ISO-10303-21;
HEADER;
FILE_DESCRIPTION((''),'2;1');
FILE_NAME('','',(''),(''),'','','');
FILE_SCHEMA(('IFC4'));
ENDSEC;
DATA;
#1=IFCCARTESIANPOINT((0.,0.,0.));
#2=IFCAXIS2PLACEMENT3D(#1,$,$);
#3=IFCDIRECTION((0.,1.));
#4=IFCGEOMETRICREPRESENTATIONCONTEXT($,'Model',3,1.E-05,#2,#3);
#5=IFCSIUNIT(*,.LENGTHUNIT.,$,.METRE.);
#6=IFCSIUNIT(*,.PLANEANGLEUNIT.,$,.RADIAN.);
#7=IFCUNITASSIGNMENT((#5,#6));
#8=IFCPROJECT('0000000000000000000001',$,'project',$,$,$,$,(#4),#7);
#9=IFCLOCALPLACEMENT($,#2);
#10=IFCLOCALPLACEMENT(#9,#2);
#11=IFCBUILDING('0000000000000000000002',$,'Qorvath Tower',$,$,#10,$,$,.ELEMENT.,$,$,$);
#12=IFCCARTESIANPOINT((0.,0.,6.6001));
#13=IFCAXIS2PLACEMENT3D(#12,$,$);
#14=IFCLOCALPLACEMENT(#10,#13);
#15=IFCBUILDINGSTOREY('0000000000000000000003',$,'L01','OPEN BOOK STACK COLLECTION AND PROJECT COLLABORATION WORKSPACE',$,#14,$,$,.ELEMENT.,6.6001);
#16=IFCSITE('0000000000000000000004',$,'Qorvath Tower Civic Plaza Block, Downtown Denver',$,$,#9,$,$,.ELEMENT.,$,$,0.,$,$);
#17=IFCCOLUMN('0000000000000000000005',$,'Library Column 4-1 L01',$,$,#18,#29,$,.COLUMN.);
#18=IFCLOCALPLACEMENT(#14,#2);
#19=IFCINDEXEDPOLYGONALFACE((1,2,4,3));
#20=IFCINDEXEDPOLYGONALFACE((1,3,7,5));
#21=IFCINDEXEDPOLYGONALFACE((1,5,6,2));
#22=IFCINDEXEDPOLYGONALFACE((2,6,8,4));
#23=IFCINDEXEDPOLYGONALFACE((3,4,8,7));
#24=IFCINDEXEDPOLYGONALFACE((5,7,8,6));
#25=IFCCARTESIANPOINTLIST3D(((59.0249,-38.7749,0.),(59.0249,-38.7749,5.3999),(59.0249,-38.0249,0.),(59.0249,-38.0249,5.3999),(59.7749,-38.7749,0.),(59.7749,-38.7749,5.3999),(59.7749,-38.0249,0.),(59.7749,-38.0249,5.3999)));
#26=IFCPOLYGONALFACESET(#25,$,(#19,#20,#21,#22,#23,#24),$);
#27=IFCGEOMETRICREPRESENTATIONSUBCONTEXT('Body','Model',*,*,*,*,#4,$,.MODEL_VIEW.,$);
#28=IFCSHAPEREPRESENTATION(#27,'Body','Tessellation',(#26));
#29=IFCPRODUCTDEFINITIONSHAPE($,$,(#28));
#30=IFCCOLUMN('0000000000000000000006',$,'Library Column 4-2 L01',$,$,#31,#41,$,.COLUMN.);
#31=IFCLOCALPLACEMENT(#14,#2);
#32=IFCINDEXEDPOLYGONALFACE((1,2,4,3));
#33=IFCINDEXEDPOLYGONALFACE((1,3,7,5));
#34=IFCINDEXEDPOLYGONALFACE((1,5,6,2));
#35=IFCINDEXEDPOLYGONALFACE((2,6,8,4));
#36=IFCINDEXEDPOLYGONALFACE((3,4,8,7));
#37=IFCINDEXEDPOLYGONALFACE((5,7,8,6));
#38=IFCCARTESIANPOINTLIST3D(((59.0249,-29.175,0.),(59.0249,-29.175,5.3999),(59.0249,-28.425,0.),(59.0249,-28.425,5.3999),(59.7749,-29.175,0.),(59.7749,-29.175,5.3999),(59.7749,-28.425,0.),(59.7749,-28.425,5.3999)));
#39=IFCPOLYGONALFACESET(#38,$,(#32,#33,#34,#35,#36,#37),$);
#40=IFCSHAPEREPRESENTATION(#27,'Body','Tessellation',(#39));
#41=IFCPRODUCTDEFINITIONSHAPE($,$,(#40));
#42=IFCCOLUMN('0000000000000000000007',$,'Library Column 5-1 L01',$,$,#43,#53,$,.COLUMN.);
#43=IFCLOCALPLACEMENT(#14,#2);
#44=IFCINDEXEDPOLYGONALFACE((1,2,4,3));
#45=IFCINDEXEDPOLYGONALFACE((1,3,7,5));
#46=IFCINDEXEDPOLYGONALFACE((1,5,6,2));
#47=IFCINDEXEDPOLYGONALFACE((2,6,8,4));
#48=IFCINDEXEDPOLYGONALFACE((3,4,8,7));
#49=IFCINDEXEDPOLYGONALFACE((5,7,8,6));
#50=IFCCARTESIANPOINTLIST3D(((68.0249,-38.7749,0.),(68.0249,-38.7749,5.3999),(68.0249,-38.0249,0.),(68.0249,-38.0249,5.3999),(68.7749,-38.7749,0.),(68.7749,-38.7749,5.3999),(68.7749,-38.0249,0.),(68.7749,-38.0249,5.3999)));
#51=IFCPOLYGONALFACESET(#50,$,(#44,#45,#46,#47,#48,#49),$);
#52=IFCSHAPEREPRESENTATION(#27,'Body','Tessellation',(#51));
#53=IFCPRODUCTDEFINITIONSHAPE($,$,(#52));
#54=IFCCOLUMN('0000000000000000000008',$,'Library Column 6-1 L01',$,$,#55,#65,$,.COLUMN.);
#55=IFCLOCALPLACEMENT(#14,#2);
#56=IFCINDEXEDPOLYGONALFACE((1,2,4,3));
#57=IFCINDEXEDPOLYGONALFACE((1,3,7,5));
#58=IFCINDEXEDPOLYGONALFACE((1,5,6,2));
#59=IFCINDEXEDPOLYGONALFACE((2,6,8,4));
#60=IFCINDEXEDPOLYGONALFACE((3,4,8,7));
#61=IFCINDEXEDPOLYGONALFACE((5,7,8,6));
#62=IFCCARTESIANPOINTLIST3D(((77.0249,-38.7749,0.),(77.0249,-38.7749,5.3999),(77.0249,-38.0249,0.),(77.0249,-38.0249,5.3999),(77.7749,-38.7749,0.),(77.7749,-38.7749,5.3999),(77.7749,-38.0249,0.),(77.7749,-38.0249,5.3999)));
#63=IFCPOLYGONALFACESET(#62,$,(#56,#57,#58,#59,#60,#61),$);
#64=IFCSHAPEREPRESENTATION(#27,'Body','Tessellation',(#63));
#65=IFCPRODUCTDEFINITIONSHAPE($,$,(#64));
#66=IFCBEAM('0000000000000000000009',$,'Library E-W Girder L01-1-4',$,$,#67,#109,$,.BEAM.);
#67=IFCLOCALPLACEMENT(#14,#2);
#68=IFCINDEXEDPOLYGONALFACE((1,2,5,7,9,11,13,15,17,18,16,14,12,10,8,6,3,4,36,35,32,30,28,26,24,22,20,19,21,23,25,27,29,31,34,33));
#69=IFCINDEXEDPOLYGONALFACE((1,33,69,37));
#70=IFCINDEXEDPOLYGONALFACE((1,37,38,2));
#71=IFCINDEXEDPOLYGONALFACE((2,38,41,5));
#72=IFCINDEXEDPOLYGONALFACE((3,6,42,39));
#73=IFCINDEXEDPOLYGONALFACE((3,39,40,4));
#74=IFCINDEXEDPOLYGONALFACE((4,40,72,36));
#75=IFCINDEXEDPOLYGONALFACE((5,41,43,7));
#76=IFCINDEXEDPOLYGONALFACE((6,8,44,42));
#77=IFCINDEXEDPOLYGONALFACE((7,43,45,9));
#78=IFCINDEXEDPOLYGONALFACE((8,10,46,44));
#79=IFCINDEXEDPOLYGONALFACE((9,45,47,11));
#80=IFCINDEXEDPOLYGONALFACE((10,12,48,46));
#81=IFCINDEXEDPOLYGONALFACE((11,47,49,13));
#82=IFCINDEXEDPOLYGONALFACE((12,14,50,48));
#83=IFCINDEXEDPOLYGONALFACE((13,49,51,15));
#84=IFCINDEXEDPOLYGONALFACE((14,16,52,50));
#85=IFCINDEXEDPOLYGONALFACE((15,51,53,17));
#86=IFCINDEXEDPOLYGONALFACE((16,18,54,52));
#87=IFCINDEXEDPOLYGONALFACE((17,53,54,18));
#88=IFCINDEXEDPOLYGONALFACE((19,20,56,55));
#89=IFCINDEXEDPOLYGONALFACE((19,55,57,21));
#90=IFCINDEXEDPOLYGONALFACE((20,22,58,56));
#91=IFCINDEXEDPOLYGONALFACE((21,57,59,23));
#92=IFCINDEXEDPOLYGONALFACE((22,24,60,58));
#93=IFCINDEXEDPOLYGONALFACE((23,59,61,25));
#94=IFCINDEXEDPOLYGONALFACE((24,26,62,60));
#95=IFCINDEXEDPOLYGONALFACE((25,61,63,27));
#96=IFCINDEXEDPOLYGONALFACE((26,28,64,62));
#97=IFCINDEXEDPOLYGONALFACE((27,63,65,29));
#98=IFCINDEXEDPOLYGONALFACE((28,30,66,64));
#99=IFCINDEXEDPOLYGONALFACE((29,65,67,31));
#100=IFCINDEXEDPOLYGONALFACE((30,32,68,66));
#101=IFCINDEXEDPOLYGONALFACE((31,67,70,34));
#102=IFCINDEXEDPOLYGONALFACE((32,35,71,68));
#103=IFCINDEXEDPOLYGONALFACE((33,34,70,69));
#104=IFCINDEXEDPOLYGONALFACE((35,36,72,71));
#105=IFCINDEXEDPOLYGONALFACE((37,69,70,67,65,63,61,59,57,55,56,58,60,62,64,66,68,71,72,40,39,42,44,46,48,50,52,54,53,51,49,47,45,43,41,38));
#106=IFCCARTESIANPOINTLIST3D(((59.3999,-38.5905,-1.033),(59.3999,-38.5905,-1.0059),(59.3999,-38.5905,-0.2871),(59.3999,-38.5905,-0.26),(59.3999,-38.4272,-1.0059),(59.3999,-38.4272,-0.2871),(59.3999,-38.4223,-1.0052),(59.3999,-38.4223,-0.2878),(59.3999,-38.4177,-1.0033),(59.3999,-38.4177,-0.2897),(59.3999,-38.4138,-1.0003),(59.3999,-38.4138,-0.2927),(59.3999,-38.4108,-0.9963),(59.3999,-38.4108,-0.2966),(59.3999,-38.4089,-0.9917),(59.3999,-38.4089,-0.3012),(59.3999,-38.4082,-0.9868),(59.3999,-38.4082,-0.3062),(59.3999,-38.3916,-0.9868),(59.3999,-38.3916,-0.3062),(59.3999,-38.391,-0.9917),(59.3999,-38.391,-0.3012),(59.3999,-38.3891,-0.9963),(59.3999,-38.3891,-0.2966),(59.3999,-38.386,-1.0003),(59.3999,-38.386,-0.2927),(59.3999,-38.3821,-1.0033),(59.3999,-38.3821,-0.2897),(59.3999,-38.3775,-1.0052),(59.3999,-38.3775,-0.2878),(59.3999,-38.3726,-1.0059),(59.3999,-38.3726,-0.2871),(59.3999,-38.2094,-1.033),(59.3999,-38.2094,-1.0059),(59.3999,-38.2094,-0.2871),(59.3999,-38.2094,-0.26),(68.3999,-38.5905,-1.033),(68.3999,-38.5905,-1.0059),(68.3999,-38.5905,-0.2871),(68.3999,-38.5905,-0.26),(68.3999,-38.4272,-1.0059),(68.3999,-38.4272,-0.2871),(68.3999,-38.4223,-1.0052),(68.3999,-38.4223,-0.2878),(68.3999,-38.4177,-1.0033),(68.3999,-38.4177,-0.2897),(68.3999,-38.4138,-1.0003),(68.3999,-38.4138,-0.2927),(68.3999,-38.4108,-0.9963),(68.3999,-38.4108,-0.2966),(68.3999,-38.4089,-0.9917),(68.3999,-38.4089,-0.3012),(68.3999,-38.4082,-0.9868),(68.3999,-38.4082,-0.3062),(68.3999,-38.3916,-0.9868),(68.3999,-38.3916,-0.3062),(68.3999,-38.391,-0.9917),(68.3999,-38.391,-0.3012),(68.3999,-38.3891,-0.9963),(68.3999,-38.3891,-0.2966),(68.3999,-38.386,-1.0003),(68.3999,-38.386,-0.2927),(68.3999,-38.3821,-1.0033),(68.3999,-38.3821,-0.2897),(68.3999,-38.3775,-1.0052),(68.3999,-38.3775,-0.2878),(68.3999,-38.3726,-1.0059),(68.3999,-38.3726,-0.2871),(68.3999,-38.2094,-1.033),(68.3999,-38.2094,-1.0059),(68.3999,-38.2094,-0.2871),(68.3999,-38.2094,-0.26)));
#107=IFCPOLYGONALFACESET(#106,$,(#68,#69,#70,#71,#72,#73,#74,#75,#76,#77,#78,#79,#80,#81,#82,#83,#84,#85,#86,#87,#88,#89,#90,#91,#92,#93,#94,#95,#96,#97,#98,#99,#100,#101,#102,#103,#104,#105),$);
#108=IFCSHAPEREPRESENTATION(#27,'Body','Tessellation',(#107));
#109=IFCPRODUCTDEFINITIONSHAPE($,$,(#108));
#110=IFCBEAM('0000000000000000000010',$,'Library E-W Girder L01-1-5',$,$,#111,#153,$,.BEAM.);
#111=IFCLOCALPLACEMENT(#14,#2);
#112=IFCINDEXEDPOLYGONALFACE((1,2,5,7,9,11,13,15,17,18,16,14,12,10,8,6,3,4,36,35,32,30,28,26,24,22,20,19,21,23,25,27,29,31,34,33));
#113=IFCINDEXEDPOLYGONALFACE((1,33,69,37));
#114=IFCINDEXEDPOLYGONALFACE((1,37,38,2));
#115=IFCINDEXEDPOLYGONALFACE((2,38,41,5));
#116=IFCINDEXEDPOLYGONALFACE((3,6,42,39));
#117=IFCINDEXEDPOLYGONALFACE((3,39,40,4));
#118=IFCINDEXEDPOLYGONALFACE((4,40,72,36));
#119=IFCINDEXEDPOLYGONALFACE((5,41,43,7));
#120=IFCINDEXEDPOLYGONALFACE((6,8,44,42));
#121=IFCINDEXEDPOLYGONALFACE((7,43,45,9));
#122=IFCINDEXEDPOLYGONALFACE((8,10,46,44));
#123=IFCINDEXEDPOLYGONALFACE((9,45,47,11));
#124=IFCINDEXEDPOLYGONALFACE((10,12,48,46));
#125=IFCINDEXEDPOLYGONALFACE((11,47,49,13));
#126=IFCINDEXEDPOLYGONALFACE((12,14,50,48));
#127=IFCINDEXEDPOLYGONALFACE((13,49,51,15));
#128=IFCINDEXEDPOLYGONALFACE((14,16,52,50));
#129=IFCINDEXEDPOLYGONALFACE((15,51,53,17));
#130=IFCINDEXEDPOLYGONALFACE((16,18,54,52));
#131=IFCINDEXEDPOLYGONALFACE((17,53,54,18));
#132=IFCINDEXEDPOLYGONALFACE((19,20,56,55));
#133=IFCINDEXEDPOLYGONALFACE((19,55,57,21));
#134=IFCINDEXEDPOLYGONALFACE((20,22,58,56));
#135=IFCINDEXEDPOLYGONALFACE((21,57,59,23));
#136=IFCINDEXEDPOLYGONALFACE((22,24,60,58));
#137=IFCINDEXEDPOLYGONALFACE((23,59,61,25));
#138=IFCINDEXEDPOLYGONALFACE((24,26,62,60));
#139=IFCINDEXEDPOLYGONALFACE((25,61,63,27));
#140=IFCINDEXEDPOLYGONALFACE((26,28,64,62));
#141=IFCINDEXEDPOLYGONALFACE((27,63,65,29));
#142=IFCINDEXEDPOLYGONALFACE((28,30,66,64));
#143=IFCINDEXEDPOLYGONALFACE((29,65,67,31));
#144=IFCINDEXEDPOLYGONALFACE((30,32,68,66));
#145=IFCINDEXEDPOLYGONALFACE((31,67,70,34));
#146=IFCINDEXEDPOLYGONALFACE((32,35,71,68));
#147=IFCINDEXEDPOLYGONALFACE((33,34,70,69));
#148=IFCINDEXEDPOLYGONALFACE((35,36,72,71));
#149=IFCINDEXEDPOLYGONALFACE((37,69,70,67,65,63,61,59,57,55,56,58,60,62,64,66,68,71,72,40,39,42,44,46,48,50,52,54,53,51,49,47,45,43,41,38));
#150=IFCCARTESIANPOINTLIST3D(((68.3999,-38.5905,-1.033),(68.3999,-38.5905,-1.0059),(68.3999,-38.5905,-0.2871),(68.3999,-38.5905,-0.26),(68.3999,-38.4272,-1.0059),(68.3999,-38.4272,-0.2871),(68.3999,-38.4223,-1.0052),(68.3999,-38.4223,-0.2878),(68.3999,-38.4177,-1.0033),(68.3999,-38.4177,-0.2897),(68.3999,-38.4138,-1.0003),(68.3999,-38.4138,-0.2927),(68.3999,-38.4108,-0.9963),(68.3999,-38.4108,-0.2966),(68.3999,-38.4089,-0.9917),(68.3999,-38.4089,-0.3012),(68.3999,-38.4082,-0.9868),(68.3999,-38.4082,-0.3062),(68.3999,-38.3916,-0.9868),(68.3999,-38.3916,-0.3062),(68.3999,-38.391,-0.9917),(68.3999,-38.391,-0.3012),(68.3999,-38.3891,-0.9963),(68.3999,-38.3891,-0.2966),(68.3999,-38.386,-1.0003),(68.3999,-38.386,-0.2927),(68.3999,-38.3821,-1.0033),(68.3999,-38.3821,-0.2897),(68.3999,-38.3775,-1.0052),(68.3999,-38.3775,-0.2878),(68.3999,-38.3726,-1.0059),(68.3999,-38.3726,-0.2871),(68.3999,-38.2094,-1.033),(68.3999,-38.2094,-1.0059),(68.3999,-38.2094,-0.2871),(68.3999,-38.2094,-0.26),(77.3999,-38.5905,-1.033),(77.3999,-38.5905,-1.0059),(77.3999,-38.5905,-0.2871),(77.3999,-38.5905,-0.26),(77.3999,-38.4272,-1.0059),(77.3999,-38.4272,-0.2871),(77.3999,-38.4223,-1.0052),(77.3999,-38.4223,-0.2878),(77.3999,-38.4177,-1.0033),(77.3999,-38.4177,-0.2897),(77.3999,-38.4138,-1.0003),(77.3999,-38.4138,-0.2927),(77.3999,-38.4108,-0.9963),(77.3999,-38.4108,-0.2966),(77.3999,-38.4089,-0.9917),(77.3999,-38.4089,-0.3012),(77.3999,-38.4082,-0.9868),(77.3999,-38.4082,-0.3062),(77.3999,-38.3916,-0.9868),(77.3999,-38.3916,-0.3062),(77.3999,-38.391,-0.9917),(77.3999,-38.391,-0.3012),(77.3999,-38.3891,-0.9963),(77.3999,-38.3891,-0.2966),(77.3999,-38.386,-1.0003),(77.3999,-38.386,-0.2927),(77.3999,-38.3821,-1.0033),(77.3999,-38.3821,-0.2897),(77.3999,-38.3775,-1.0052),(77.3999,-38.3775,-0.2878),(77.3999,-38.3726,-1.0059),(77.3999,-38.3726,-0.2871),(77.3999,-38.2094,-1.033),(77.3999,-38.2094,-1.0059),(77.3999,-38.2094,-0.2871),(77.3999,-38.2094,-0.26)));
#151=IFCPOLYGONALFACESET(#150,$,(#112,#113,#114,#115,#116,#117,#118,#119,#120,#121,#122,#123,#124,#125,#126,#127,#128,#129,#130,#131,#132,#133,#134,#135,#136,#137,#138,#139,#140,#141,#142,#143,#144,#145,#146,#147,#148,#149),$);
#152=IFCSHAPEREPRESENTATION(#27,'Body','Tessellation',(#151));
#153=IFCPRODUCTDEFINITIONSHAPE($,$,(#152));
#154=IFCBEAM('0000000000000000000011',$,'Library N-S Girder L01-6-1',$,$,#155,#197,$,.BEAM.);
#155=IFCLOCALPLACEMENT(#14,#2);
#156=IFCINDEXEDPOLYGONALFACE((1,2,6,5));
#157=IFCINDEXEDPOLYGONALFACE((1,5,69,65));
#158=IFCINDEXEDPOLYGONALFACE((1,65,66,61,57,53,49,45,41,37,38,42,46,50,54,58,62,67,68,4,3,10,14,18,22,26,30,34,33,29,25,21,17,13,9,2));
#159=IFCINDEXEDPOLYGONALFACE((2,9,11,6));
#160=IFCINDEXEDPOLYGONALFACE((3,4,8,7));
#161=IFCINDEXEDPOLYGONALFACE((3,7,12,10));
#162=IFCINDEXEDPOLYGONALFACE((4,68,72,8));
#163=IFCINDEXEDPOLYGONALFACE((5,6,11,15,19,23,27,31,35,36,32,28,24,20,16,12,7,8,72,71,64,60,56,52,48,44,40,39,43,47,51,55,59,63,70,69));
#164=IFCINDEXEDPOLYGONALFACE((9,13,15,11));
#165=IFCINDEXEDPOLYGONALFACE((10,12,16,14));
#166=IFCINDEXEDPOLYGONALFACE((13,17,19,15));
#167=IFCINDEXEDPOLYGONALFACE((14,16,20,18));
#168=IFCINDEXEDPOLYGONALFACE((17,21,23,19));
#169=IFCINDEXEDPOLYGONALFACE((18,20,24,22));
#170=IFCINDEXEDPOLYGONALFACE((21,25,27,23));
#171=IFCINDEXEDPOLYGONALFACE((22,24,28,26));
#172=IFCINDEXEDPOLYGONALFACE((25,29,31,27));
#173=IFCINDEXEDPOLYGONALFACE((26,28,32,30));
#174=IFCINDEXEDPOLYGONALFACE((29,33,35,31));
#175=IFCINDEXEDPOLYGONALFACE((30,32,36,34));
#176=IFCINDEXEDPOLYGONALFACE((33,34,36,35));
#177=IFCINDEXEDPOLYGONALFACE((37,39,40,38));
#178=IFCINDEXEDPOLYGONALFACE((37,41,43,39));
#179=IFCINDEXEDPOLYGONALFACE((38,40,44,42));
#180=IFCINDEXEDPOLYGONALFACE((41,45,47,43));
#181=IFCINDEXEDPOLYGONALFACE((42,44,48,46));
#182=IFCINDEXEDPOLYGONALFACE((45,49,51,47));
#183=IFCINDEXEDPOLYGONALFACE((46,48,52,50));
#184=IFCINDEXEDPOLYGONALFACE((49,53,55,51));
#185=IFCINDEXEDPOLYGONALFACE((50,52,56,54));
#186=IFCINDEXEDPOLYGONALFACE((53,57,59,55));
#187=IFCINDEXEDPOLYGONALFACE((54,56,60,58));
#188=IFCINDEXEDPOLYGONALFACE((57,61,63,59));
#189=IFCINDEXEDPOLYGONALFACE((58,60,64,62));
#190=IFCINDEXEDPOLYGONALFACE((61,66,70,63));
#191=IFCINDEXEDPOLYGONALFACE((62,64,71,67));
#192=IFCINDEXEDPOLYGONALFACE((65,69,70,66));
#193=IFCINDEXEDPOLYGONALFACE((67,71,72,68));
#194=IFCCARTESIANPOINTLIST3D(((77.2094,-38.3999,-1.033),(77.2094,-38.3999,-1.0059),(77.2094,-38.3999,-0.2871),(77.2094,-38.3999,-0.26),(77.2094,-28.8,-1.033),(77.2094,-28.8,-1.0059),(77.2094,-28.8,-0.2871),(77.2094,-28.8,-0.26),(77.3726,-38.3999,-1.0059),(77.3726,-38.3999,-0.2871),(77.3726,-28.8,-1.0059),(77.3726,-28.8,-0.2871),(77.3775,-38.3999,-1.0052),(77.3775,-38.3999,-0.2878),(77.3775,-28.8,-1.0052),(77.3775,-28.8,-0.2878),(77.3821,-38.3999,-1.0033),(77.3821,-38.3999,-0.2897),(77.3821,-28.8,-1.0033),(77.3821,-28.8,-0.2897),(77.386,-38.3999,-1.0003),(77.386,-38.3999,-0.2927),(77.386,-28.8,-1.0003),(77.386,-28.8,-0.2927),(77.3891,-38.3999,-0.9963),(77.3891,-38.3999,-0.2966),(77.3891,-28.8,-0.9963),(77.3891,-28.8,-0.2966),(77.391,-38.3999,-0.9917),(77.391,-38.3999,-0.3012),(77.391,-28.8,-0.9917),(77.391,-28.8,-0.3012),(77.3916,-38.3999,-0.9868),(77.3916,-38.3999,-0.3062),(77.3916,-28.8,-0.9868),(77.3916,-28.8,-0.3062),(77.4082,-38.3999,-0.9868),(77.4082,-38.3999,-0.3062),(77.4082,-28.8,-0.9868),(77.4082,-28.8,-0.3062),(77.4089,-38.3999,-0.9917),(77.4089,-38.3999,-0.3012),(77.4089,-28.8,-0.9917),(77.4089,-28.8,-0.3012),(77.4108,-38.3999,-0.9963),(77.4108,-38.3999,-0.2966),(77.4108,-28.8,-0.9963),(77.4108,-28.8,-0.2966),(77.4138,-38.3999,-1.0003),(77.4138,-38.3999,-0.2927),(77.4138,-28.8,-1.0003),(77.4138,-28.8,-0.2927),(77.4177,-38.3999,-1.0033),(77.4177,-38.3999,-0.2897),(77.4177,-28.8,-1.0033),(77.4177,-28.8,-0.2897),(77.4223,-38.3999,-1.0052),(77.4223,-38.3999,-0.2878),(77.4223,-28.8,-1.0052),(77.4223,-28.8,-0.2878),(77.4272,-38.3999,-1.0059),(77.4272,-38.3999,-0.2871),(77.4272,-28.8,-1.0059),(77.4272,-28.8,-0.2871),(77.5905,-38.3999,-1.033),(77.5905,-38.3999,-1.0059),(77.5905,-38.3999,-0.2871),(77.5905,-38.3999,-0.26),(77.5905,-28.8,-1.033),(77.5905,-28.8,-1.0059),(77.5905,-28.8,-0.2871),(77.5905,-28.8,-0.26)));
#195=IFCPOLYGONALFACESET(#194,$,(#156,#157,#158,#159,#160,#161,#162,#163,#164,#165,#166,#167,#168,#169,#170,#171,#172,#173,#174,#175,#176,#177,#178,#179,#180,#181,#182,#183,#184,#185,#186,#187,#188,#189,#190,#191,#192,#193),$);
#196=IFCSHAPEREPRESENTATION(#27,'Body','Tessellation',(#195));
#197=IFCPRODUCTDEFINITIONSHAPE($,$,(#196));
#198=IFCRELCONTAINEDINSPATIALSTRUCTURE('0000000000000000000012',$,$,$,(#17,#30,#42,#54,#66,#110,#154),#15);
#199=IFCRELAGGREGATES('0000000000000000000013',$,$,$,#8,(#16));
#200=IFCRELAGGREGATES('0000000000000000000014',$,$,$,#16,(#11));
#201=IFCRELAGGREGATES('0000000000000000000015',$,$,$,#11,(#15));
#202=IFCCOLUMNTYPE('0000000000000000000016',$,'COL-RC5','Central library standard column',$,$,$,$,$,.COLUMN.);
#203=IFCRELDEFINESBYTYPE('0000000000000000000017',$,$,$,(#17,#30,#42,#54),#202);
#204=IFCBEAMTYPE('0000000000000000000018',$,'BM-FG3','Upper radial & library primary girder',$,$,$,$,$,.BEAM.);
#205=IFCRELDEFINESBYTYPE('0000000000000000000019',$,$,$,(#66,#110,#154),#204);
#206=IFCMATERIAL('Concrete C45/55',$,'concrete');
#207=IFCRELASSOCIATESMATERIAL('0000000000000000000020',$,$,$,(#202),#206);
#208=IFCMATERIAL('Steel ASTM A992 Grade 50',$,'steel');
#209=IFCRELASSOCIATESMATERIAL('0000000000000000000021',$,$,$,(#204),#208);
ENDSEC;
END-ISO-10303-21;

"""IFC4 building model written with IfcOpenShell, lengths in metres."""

from ifc_helpers import new_model, si_unit, direction, frame, origin, origin_2d, place, context, subcontext, project, spatial, rectangle, i_section, extrude, material, material_profile, profile_set, type_object, element, save


model = new_model("IFC4")

# Units and contexts
model_context = context("Model", 3, precision=1e-05, world=origin(), true_north=direction((0.0, 1.0)))
body_context = subcontext(model_context, "Body", "Model", "MODEL_VIEW")
ifc_project = project(units=[si_unit("LENGTHUNIT", "METRE"), si_unit("PLANEANGLEUNIT", "RADIAN")], contexts=[model_context])

# Site, building, storey
site_placement = place(None, origin())
site = spatial("IfcSite", under=ifc_project, at=site_placement, Name="Qorvath Tower Civic Plaza Block, Downtown Denver", CompositionType="ELEMENT", RefElevation=0.0)
building_placement = place(site_placement, origin())
building = spatial("IfcBuilding", under=site, at=building_placement, Name="Qorvath Tower", CompositionType="ELEMENT")
storey_placement = place(building_placement, frame((0.0, 0.0, 6.6001)))
storey = spatial("IfcBuildingStorey", under=building, at=storey_placement, Name="L01", Description="OPEN BOOK STACK COLLECTION AND PROJECT COLLABORATION WORKSPACE", CompositionType="ELEMENT", Elevation=6.6001)

# Columns
ifc_material_1 = material(Name="Concrete C45/55", Category="concrete")
ifc_material_profile_1 = material_profile(ifc_material_1, rectangle(XDim=0.75, YDim=0.75, at=origin_2d()), Name="RC 750x750")
ifc_profile_set_1 = profile_set([ifc_material_profile_1], Name="Concrete C45/55")
column_type = type_object("IfcColumnType", Name="COL-RC5", Description="Central library standard column", PredefinedType="COLUMN", material=ifc_profile_set_1)
for number, where, z_axis, x_axis, name in (
    (1, (59.3999, -38.3999, 0.0), (0.0, 0.0, 1.0), (1.0, 0.0, 0.0), "Library Column 4-1 L01"),
    (2, (59.3999, -28.8, 0.0), (0.0, 0.0, 1.0), (1.0, 0.0, 0.0), "Library Column 4-2 L01"),
    (3, (68.3999, -38.3999, 0.0), (0.0, 0.0, 1.0), (1.0, 0.0, 0.0), "Library Column 5-1 L01"),
    (4, (77.3999, -38.3999, 0.0), (0.0, 0.0, 1.0), (1.0, 0.0, 0.0), "Library Column 6-1 L01"),
):
    element("IfcColumn", number, at=place(storey_placement, frame(where, z_axis=z_axis, x_axis=x_axis)), inside=storey, type_object=column_type, Name=name, PredefinedType="COLUMN", context=body_context, shape_type="SweptSolid", body=[
        extrude(rectangle(XDim=0.75, YDim=0.75, at=origin_2d()), origin(), (0.0, 0.0, 1.0), 5.3999),
    ])

# Beams
ifc_material_2 = material(Name="Steel ASTM A992 Grade 50", Category="steel")
ifc_material_profile_2 = material_profile(ifc_material_2, i_section(OverallWidth=0.3811, OverallDepth=0.7729, WebThickness=0.0166, FlangeThickness=0.0271, FilletRadius=0.019, at=origin_2d()), Name="W30x173")
ifc_profile_set_2 = profile_set([ifc_material_profile_2], Name="Steel ASTM A992 Grade 50")
beam_type_1 = type_object("IfcBeamType", Name="BM-FG3", Description="Upper radial & library primary girder", PredefinedType="BEAM", material=ifc_profile_set_2)
for number, where, z_axis, x_axis, name in (
    (5, (59.3999, -38.3999, -0.6465), (1.0, 0.0, 0.0), (0.0, 1.0, 0.0), "Library E-W Girder L01-1-4"),
    (6, (68.3999, -38.3999, -0.6465), (1.0, 0.0, 0.0), (0.0, 1.0, 0.0), "Library E-W Girder L01-1-5"),
):
    element("IfcBeam", number, at=place(storey_placement, frame(where, z_axis=z_axis, x_axis=x_axis)), inside=storey, type_object=beam_type_1, Name=name, PredefinedType="BEAM", context=body_context, shape_type="SweptSolid", body=[
        extrude(i_section(OverallWidth=0.3811, OverallDepth=0.7729, WebThickness=0.0166, FlangeThickness=0.0271, FilletRadius=0.019, at=origin_2d()), origin(), (0.0, 0.0, 1.0), 9.0),
    ])
beam_1_placement = place(storey_placement, frame((77.3999, -38.3999, -0.6465), z_axis=(0.0, 1.0, 0.0), x_axis=(-1.0, 0.0, 0.0)))
element("IfcBeam", 7, at=beam_1_placement, inside=storey, type_object=beam_type_1, Name="Library N-S Girder L01-6-1", PredefinedType="BEAM", context=body_context, shape_type="SweptSolid", body=[
    extrude(i_section(OverallWidth=0.3811, OverallDepth=0.7729, WebThickness=0.0166, FlangeThickness=0.0271, FilletRadius=0.019, at=origin_2d()), origin(), (0.0, 0.0, 1.0), 9.5999),
])

save(model, "model.ifc")
